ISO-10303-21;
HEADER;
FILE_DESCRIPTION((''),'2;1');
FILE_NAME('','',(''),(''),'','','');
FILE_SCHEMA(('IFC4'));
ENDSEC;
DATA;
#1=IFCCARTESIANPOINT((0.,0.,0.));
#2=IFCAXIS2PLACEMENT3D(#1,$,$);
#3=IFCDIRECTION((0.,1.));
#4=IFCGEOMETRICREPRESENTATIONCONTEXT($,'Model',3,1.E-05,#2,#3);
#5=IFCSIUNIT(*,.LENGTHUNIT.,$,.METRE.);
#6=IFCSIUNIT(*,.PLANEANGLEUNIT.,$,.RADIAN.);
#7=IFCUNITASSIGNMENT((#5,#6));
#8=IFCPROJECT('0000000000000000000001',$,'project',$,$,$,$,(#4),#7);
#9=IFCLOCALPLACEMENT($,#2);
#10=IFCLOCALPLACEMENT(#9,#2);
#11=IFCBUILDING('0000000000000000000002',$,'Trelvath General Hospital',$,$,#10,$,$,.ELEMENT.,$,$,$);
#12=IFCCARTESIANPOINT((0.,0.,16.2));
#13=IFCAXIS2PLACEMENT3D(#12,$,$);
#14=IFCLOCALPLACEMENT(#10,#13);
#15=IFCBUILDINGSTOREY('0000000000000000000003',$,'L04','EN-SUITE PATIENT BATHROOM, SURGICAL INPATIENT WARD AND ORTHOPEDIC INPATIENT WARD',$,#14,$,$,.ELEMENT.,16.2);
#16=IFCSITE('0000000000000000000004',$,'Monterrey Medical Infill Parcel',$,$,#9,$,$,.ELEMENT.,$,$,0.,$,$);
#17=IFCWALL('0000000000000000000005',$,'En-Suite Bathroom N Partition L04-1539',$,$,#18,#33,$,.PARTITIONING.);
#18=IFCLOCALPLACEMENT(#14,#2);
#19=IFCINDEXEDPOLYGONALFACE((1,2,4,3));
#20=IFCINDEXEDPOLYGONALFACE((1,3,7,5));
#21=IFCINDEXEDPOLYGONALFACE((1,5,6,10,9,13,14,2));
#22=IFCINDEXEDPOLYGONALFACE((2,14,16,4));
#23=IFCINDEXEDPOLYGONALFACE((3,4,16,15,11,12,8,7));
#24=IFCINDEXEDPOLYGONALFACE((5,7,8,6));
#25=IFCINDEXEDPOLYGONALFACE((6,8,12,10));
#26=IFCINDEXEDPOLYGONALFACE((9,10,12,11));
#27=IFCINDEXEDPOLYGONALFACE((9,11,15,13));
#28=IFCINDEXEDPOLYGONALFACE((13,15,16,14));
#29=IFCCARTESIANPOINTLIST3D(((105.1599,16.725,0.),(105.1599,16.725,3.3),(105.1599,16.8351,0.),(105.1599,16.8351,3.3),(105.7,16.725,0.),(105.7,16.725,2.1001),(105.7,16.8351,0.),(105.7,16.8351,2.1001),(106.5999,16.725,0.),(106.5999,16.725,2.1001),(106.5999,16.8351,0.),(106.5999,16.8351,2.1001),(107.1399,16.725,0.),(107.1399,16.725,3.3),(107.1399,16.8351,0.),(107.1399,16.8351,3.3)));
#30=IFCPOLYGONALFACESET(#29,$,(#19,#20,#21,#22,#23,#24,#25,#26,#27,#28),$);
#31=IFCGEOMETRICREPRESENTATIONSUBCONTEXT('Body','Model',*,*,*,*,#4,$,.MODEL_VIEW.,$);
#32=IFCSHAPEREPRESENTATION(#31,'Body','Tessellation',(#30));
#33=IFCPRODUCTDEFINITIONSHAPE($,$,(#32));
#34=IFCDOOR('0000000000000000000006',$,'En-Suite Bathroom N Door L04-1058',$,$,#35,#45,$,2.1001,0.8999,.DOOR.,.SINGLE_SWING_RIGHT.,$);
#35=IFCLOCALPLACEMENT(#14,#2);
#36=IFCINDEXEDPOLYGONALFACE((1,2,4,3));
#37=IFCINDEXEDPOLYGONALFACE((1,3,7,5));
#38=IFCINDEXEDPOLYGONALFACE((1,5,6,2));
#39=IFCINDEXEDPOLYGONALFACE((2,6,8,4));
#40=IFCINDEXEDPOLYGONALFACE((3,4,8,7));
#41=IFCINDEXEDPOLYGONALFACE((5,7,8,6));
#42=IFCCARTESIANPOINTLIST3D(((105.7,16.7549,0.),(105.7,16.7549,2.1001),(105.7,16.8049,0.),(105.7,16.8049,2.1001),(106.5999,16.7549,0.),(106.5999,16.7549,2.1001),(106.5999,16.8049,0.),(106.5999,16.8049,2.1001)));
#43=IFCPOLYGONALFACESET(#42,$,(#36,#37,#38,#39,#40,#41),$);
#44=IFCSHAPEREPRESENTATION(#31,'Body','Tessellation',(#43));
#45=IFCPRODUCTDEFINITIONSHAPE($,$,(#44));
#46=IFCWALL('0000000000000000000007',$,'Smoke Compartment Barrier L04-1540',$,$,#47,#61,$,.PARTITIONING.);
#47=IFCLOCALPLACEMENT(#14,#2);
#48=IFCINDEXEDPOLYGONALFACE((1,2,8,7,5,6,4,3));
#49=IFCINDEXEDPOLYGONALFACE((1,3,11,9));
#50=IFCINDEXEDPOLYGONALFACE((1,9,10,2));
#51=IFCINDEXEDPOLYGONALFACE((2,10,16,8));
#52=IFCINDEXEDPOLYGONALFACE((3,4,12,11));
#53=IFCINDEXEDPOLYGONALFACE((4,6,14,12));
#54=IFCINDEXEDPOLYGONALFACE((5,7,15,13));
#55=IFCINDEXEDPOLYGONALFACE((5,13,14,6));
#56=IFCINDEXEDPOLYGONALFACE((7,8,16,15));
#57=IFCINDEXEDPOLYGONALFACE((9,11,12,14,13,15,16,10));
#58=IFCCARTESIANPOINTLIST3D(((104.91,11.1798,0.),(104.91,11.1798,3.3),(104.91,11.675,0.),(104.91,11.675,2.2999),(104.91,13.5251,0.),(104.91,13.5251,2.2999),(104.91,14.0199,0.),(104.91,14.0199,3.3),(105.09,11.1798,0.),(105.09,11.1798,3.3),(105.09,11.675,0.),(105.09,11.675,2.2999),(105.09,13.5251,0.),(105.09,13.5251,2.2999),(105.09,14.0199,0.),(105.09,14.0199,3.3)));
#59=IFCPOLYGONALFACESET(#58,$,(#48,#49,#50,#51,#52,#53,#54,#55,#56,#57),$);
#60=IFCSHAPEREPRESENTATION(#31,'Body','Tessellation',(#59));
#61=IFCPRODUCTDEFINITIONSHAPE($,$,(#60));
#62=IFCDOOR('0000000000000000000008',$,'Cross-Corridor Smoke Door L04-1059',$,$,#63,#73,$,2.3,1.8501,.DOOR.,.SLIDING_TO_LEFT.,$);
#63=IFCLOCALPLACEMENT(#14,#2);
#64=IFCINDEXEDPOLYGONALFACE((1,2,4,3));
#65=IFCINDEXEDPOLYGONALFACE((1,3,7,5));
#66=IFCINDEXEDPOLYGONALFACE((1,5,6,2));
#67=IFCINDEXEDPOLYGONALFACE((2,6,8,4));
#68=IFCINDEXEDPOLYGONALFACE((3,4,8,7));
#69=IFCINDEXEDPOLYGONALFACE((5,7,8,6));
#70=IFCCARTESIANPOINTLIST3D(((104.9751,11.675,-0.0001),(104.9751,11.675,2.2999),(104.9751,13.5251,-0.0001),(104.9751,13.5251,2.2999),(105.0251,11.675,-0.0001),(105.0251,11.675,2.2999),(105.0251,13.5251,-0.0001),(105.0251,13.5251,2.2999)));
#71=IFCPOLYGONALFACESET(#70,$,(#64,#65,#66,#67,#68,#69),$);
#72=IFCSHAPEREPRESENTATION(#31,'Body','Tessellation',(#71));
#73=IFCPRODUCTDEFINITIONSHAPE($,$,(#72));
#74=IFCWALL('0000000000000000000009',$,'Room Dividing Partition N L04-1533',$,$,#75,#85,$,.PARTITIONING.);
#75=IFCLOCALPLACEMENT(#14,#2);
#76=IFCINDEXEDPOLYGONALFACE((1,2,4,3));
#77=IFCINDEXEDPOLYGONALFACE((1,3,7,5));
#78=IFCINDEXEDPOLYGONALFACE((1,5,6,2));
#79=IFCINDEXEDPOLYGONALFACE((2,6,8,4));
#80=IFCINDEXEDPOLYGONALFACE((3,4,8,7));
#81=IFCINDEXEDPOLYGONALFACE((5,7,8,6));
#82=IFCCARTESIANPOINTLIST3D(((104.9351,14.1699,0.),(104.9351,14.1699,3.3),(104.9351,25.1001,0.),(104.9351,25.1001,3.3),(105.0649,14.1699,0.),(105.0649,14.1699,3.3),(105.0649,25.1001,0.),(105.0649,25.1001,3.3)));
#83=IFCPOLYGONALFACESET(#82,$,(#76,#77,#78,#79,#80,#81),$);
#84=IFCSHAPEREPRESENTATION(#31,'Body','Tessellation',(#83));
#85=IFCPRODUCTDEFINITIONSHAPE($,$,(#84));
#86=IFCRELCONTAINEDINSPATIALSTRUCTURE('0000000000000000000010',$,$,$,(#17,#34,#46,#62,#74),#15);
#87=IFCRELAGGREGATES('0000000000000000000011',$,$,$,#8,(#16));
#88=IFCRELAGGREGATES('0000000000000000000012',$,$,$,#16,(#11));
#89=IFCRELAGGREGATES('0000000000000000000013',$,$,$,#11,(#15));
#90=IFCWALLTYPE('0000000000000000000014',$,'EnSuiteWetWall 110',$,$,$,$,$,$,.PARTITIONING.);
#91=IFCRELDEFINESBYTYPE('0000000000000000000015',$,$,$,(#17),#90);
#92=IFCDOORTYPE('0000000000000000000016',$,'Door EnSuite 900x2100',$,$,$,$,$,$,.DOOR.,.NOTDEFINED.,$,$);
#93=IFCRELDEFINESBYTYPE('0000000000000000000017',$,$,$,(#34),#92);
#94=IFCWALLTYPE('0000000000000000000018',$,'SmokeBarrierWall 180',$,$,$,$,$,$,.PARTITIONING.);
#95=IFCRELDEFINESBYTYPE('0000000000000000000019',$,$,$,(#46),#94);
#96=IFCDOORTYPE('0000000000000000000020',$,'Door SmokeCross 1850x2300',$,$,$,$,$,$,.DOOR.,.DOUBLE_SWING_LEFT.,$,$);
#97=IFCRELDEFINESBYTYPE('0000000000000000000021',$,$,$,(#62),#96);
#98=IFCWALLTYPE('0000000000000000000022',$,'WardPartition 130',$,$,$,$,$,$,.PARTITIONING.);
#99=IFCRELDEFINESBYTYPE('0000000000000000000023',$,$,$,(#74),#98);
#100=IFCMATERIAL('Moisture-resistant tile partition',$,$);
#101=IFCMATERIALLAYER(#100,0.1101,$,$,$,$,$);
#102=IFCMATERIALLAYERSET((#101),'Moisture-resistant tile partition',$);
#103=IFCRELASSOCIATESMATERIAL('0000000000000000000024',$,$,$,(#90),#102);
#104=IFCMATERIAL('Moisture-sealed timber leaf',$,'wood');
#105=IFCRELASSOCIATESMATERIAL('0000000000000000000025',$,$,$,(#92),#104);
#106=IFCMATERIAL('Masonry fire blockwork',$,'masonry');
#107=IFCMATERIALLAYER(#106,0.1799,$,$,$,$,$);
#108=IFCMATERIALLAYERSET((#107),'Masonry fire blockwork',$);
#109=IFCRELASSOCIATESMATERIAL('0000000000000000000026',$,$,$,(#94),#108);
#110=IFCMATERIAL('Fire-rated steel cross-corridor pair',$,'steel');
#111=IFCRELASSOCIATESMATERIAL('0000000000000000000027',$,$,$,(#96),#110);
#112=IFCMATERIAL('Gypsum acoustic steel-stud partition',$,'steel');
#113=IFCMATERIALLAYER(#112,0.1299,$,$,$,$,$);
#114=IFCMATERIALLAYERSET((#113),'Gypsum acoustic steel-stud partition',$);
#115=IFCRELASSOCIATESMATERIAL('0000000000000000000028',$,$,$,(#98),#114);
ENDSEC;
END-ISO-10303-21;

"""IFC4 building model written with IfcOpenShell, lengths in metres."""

from ifc_helpers import new_model, si_unit, direction, frame, frame_2d, origin, place, context, subcontext, project, spatial, rectangle, extrude, material, layer, layer_set, type_object, element, fill, save


model = new_model("IFC4")

# Units and contexts
model_context = context("Model", 3, precision=1e-05, world=origin(), true_north=direction((0.0, 1.0)))
body_context = subcontext(model_context, "Body", "Model", "MODEL_VIEW")
ifc_project = project(units=[si_unit("LENGTHUNIT", "METRE"), si_unit("PLANEANGLEUNIT", "RADIAN")], contexts=[model_context])

# Site, building, storey
site_placement = place(None, origin())
site = spatial("IfcSite", under=ifc_project, at=site_placement, Name="Monterrey Medical Infill Parcel", CompositionType="ELEMENT", RefElevation=0.0)
building_placement = place(site_placement, origin())
building = spatial("IfcBuilding", under=site, at=building_placement, Name="Trelvath General Hospital", CompositionType="ELEMENT")
storey_placement = place(building_placement, frame((0.0, 0.0, 16.2)))
storey = spatial("IfcBuildingStorey", under=building, at=storey_placement, Name="L04", Description="EN-SUITE PATIENT BATHROOM, SURGICAL INPATIENT WARD AND ORTHOPEDIC INPATIENT WARD", CompositionType="ELEMENT", Elevation=16.2)

# Shared definitions
ifc_material_1 = material(Name="Moisture-resistant tile partition")
ifc_layer_1 = layer(ifc_material_1, 0.1101)
ifc_layer_set_1 = layer_set([ifc_layer_1], Name="Moisture-resistant tile partition")
wall_type_1 = type_object("IfcWallType", Name="EnSuiteWetWall 110", PredefinedType="PARTITIONING", material=ifc_layer_set_1)

# Shared definitions
ifc_material_2 = material(Name="Moisture-sealed timber leaf", Category="wood")
door_type_1 = type_object("IfcDoorType", Name="Door EnSuite 900x2100", OperationType="NOTDEFINED", PredefinedType="DOOR", material=ifc_material_2)

# Walls, openings, doors
wall_1_placement = place(storey_placement, frame((105.1599, 16.78, 0.0), z_axis=(0.0, 0.0, 1.0), x_axis=(1.0, 0.0, 0.0)))
wall_1 = element("IfcWall", 1, at=wall_1_placement, inside=storey, type_object=wall_type_1, Name="En-Suite Bathroom N Partition L04-1539", PredefinedType="PARTITIONING", context=body_context, shape_type="SweptSolid", body=[
    extrude(rectangle(XDim=1.98, YDim=0.1101, at=frame_2d((0.99, 0.0))), origin(), (0.0, 0.0, 1.0), 3.3),
])
opening_1_placement = place(wall_1_placement, frame((0.54, 0.0, 0.0)))
opening_1 = element("IfcOpeningElement", 2, at=opening_1_placement, cuts=wall_1, PredefinedType="OPENING", context=body_context, shape_type="SweptSolid", body=[
    extrude(rectangle(XDim=0.8999, YDim=2.1001, at=frame_2d((0.45, 1.05))), frame((0.0, 0.0649, 0.0), z_axis=(0.0, -1.0, 0.0), x_axis=(1.0, 0.0, 0.0)), (0.0, 0.0, 1.0), 0.1301),
])
door_1_placement = place(opening_1_placement, origin())
door_1 = element("IfcDoor", 3, at=door_1_placement, inside=storey, type_object=door_type_1, Name="En-Suite Bathroom N Door L04-1058", OperationType="SINGLE_SWING_RIGHT", OverallHeight=2.1001, OverallWidth=0.8999, PredefinedType="DOOR", context=body_context, shape_type="SweptSolid", body=[
    extrude(rectangle(XDim=0.8999, YDim=2.1001, at=frame_2d((0.45, 1.05))), frame((0.0, 0.0249, 0.0), z_axis=(0.0, -1.0, 0.0), x_axis=(1.0, 0.0, 0.0)), (0.0, 0.0, 1.0), 0.05),
])
fill(opening_1, door_1)
ifc_material_3 = material(Name="Masonry fire blockwork", Category="masonry")
ifc_layer_2 = layer(ifc_material_3, 0.1799)
ifc_layer_set_2 = layer_set([ifc_layer_2], Name="Masonry fire blockwork")
wall_type_2 = type_object("IfcWallType", Name="SmokeBarrierWall 180", PredefinedType="PARTITIONING", material=ifc_layer_set_2)
wall_2_placement = place(storey_placement, frame((105.0, 11.1799, 0.0), z_axis=(0.0, 0.0, 1.0), x_axis=(0.0, 1.0, 0.0)))
wall_2 = element("IfcWall", 4, at=wall_2_placement, inside=storey, type_object=wall_type_2, Name="Smoke Compartment Barrier L04-1540", PredefinedType="PARTITIONING", context=body_context, shape_type="SweptSolid", body=[
    extrude(rectangle(XDim=2.8401, YDim=0.1799, at=frame_2d((1.4199, 0.0))), origin(), (0.0, 0.0, 1.0), 3.3),
])
opening_2_placement = place(wall_2_placement, frame((0.4951, 0.0, 0.0)))
opening_2 = element("IfcOpeningElement", 5, at=opening_2_placement, cuts=wall_2, PredefinedType="OPENING", context=body_context, shape_type="SweptSolid", body=[
    extrude(rectangle(XDim=1.8501, YDim=2.3, at=frame_2d((0.925, 1.1499))), frame((0.0, 0.0999, 0.0), z_axis=(0.0, -1.0, 0.0), x_axis=(1.0, 0.0, 0.0)), (0.0, 0.0, 1.0), 0.2),
])
ifc_material_4 = material(Name="Fire-rated steel cross-corridor pair", Category="steel")
door_type_2 = type_object("IfcDoorType", Name="Door SmokeCross 1850x2300", OperationType="DOUBLE_SWING_LEFT", PredefinedType="DOOR", material=ifc_material_4)
door_2_placement = place(opening_2_placement, origin())
door_2 = element("IfcDoor", 6, at=door_2_placement, inside=storey, type_object=door_type_2, Name="Cross-Corridor Smoke Door L04-1059", OperationType="SLIDING_TO_LEFT", OverallHeight=2.3, OverallWidth=1.8501, PredefinedType="DOOR", context=body_context, shape_type="SweptSolid", body=[
    extrude(rectangle(XDim=1.8501, YDim=2.3, at=frame_2d((0.925, 1.1499))), frame((0.0, 0.0249, 0.0), z_axis=(0.0, -1.0, 0.0), x_axis=(1.0, 0.0, 0.0)), (0.0, 0.0, 1.0), 0.05),
])
fill(opening_2, door_2)

# Wall
ifc_material_5 = material(Name="Gypsum acoustic steel-stud partition", Category="steel")
ifc_layer_3 = layer(ifc_material_5, 0.1299)
ifc_layer_set_3 = layer_set([ifc_layer_3], Name="Gypsum acoustic steel-stud partition")
wall_type_3 = type_object("IfcWallType", Name="WardPartition 130", PredefinedType="PARTITIONING", material=ifc_layer_set_3)
wall_3_placement = place(storey_placement, frame((105.0, 14.1699, 0.0), z_axis=(0.0, 0.0, 1.0), x_axis=(0.0, 1.0, 0.0)))
element("IfcWall", 7, at=wall_3_placement, inside=storey, type_object=wall_type_3, Name="Room Dividing Partition N L04-1533", PredefinedType="PARTITIONING", context=body_context, shape_type="SweptSolid", body=[
    extrude(rectangle(XDim=10.9302, YDim=0.1299, at=frame_2d((5.4651, 0.0))), origin(), (0.0, 0.0, 1.0), 3.3),
])

save(model, "model.ifc")
